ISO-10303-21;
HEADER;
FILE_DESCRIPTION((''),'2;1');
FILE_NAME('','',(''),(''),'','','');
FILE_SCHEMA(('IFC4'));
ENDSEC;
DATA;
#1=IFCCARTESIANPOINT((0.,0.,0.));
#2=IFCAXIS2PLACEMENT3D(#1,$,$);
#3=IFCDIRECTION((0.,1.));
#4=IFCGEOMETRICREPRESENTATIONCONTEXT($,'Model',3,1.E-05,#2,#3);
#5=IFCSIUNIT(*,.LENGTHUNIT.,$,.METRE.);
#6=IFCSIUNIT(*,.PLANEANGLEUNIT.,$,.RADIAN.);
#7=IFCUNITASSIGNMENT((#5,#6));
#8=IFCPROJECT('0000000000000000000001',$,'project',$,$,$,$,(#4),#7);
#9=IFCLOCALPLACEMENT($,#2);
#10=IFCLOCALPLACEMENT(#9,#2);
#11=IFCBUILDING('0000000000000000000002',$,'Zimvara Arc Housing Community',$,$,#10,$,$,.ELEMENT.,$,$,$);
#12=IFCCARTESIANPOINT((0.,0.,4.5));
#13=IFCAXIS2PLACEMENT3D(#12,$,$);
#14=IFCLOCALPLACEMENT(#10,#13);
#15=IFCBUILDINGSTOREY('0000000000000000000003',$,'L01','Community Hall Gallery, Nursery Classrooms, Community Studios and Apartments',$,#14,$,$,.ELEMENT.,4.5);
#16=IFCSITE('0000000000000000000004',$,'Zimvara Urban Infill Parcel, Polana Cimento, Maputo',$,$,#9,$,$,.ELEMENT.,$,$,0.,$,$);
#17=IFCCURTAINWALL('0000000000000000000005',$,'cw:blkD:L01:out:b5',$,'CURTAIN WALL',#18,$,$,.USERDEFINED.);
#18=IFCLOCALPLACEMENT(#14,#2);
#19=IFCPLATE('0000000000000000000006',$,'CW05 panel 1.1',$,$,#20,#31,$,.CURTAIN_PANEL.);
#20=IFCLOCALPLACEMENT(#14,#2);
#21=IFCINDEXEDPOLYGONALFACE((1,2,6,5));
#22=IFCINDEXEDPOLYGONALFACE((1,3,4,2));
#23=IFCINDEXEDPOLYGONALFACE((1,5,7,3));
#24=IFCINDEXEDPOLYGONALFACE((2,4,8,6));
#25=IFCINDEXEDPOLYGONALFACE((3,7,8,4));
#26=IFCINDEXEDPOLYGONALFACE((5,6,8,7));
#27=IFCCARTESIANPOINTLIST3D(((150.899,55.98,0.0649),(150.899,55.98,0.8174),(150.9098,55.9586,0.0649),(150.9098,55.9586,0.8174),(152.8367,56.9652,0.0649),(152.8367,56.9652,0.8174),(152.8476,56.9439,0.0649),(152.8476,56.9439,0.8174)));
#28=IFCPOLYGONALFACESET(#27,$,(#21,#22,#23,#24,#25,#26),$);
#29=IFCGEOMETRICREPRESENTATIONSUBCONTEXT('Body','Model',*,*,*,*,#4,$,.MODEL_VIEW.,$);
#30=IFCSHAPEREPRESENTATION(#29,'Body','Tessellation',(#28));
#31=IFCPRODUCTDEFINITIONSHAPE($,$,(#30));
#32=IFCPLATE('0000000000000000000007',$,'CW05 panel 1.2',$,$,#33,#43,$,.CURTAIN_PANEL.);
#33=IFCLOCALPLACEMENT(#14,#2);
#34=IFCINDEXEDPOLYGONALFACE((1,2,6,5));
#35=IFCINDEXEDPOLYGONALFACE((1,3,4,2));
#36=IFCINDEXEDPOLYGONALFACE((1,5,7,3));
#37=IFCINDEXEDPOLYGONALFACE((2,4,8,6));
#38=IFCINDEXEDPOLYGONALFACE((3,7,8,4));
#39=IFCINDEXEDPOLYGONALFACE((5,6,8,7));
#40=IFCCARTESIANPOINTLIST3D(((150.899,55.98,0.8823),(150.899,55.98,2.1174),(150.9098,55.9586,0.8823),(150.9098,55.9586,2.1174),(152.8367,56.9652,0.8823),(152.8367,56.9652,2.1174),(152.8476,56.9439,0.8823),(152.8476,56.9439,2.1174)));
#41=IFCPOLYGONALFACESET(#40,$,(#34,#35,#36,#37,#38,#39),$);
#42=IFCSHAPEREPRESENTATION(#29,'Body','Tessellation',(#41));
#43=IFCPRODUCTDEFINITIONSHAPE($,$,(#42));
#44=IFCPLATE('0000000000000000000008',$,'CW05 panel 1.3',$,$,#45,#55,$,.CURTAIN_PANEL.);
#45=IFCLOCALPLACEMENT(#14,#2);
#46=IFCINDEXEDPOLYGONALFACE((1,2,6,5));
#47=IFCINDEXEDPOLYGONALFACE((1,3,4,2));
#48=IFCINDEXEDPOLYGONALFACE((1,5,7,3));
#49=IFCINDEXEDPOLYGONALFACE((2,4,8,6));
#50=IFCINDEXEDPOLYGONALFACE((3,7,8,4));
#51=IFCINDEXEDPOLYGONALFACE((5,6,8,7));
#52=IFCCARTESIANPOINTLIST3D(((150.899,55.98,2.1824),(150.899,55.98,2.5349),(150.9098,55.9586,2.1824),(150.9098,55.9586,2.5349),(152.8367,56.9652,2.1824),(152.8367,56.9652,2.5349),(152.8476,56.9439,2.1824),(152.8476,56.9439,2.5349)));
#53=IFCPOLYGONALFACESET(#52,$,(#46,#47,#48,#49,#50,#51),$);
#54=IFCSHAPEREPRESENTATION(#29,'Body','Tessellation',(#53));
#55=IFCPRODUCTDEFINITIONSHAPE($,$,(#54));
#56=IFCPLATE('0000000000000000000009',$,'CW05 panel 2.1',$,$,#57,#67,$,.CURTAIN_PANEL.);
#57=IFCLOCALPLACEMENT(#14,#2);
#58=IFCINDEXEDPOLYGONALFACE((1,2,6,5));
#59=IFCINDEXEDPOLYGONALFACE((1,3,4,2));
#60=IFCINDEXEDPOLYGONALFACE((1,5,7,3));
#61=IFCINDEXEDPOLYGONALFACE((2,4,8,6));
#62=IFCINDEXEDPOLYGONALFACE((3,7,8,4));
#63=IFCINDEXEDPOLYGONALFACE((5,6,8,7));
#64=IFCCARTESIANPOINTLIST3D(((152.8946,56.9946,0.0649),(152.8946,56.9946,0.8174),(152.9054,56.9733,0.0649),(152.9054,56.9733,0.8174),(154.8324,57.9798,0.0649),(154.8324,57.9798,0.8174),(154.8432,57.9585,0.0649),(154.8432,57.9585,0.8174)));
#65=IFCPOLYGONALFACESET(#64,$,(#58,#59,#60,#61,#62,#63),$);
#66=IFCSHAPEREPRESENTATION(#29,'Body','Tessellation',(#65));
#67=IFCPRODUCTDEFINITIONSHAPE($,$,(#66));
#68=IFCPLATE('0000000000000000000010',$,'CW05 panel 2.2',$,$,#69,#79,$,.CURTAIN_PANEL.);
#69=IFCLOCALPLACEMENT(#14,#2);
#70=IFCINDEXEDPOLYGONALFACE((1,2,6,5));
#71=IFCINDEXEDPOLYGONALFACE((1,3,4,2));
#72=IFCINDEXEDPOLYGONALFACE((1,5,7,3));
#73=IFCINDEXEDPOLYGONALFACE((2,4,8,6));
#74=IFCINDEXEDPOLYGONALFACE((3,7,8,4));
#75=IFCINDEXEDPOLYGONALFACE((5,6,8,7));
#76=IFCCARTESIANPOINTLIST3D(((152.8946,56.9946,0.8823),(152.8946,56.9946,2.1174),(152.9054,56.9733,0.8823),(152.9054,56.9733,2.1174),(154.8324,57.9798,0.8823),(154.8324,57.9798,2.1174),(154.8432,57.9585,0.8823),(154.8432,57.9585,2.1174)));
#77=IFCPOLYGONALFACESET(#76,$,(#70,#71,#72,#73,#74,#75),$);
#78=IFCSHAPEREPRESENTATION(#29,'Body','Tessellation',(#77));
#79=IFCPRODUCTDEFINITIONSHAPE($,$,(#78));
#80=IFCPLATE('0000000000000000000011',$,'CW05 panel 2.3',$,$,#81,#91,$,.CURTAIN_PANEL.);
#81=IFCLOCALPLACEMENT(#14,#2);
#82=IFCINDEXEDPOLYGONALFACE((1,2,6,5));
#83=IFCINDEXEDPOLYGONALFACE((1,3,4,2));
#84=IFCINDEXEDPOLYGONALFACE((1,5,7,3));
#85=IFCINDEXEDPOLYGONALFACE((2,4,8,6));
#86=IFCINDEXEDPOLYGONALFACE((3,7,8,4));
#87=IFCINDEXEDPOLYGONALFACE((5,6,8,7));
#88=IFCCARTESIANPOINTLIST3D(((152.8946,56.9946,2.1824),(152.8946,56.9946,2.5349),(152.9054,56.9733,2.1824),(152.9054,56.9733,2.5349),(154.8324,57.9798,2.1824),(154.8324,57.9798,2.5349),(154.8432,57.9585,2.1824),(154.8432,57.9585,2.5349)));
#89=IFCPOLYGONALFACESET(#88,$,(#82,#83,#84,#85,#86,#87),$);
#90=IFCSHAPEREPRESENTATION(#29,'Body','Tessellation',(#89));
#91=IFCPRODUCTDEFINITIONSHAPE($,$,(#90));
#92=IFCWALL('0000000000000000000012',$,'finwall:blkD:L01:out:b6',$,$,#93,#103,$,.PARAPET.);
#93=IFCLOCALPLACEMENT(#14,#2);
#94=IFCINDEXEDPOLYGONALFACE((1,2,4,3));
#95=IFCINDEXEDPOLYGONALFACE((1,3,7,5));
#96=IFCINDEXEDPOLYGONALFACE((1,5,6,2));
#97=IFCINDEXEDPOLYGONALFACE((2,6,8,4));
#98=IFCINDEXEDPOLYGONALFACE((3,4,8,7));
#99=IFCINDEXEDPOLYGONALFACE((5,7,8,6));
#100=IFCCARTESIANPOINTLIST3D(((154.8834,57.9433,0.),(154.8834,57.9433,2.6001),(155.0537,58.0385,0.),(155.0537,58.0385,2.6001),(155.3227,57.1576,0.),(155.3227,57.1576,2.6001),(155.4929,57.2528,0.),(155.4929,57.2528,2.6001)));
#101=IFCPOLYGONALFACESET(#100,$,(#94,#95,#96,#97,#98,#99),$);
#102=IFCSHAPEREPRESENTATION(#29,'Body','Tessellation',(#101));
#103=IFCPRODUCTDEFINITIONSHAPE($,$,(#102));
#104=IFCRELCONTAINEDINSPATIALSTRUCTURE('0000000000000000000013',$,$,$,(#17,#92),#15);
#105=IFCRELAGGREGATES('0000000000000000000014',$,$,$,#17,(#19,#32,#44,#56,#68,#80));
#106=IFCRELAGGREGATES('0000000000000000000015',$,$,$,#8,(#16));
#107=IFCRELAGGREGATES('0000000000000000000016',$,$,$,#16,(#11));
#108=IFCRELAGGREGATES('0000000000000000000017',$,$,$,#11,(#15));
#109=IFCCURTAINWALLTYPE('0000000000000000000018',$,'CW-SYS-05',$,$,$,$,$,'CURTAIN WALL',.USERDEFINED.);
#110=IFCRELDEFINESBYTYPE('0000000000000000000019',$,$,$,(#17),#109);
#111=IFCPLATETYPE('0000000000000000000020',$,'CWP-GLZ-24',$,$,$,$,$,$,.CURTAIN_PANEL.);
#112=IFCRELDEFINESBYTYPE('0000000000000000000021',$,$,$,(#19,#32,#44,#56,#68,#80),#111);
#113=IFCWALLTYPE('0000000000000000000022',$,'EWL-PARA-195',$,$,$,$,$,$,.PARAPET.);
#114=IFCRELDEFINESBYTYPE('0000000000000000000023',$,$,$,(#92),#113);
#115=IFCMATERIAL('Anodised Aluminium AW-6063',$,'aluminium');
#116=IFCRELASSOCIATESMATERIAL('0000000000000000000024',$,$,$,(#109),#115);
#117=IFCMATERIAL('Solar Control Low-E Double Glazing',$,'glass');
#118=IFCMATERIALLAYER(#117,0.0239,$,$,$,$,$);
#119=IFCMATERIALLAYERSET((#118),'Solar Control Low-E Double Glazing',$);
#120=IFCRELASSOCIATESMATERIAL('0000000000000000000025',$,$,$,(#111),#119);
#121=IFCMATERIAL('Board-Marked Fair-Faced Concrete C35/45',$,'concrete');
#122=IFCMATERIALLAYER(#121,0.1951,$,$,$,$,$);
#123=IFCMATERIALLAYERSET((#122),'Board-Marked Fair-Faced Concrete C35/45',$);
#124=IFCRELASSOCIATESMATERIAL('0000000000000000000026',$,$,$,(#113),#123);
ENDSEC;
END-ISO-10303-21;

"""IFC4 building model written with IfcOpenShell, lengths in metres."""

from ifc_helpers import new_model, si_unit, direction, frame, frame_2d, origin, origin_2d, place, context, subcontext, project, spatial, rectangle, extrude, material, layer, layer_set, type_object, element, aggregate, save


model = new_model("IFC4")

# Units and contexts
model_context = context("Model", 3, precision=1e-05, world=origin(), true_north=direction((0.0, 1.0)))
body_context = subcontext(model_context, "Body", "Model", "MODEL_VIEW")
ifc_project = project(units=[si_unit("LENGTHUNIT", "METRE"), si_unit("PLANEANGLEUNIT", "RADIAN")], contexts=[model_context])

# Site, building, storey
site_placement = place(None, origin())
site = spatial("IfcSite", under=ifc_project, at=site_placement, Name="Zimvara Urban Infill Parcel, Polana Cimento, Maputo", CompositionType="ELEMENT", RefElevation=0.0)
building_placement = place(site_placement, origin())
building = spatial("IfcBuilding", under=site, at=building_placement, Name="Zimvara Arc Housing Community", CompositionType="ELEMENT")
storey_placement = place(building_placement, frame((0.0, 0.0, 4.5)))
storey = spatial("IfcBuildingStorey", under=building, at=storey_placement, Name="L01", Description="Community Hall Gallery, Nursery Classrooms, Community Studios and Apartments", CompositionType="ELEMENT", Elevation=4.5)

# Curtain wall
ifc_material_1 = material(Name="Anodised Aluminium AW-6063", Category="aluminium")
curtain_wall_type_1 = type_object("IfcCurtainWallType", Name="CW-SYS-05", ElementType="CURTAIN WALL", PredefinedType="USERDEFINED", material=ifc_material_1)
curtain_wall_1_placement = place(storey_placement, origin())
curtain_wall_1 = element("IfcCurtainWall", 1, at=curtain_wall_1_placement, inside=storey, type_object=curtain_wall_type_1, Name="cw:blkD:L01:out:b5", ObjectType="CURTAIN WALL", PredefinedType="USERDEFINED")

# Plates
ifc_material_2 = material(Name="Solar Control Low-E Double Glazing", Category="glass")
ifc_layer_1 = layer(ifc_material_2, 0.0239)
ifc_layer_set_1 = layer_set([ifc_layer_1], Name="Solar Control Low-E Double Glazing")
plate_type = type_object("IfcPlateType", Name="CWP-GLZ-24", PredefinedType="CURTAIN_PANEL", material=ifc_layer_set_1)
plate_1_placement = place(storey_placement, frame((151.8733, 56.4619, 0.0649), z_axis=(0.0, 0.0, 1.0), x_axis=(0.891403, 0.453212, 0.0)))
plate_1 = element("IfcPlate", 2, at=plate_1_placement, type_object=plate_type, Name="CW05 panel 1.1", PredefinedType="CURTAIN_PANEL", context=body_context, shape_type="SweptSolid", body=[
    extrude(rectangle(XDim=2.1738, YDim=0.0239, at=origin_2d()), origin(), (0.0, 0.0, 1.0), 0.7524),
])
plate_2_placement = place(storey_placement, frame((151.8733, 56.4619, 0.8823), z_axis=(0.0, 0.0, 1.0), x_axis=(0.891403, 0.453212, 0.0)))
plate_2 = element("IfcPlate", 3, at=plate_2_placement, type_object=plate_type, Name="CW05 panel 1.2", PredefinedType="CURTAIN_PANEL", context=body_context, shape_type="SweptSolid", body=[
    extrude(rectangle(XDim=2.1738, YDim=0.0239, at=origin_2d()), origin(), (0.0, 0.0, 1.0), 1.2351),
])
plate_3_placement = place(storey_placement, frame((151.8733, 56.4619, 2.1824), z_axis=(0.0, 0.0, 1.0), x_axis=(0.891403, 0.453212, 0.0)))
plate_3 = element("IfcPlate", 4, at=plate_3_placement, type_object=plate_type, Name="CW05 panel 1.3", PredefinedType="CURTAIN_PANEL", context=body_context, shape_type="SweptSolid", body=[
    extrude(rectangle(XDim=2.1738, YDim=0.0239, at=origin_2d()), origin(), (0.0, 0.0, 1.0), 0.3525),
])
plate_4_placement = place(storey_placement, frame((153.8689, 57.4766, 0.0649), z_axis=(0.0, 0.0, 1.0), x_axis=(0.891403, 0.453212, 0.0)))
plate_4 = element("IfcPlate", 5, at=plate_4_placement, type_object=plate_type, Name="CW05 panel 2.1", PredefinedType="CURTAIN_PANEL", context=body_context, shape_type="SweptSolid", body=[
    extrude(rectangle(XDim=2.1738, YDim=0.0239, at=origin_2d()), origin(), (0.0, 0.0, 1.0), 0.7524),
])
plate_5_placement = place(storey_placement, frame((153.8689, 57.4766, 0.8823), z_axis=(0.0, 0.0, 1.0), x_axis=(0.891403, 0.453212, 0.0)))
plate_5 = element("IfcPlate", 6, at=plate_5_placement, type_object=plate_type, Name="CW05 panel 2.2", PredefinedType="CURTAIN_PANEL", context=body_context, shape_type="SweptSolid", body=[
    extrude(rectangle(XDim=2.1738, YDim=0.0239, at=origin_2d()), origin(), (0.0, 0.0, 1.0), 1.2351),
])
plate_6_placement = place(storey_placement, frame((153.8689, 57.4766, 2.1824), z_axis=(0.0, 0.0, 1.0), x_axis=(0.891403, 0.453212, 0.0)))
plate_6 = element("IfcPlate", 7, at=plate_6_placement, type_object=plate_type, Name="CW05 panel 2.3", PredefinedType="CURTAIN_PANEL", context=body_context, shape_type="SweptSolid", body=[
    extrude(rectangle(XDim=2.1738, YDim=0.0239, at=origin_2d()), origin(), (0.0, 0.0, 1.0), 0.3525),
])
aggregate(curtain_wall_1, [plate_1, plate_2, plate_3, plate_4, plate_5, plate_6])

# Wall
ifc_material_3 = material(Name="Board-Marked Fair-Faced Concrete C35/45", Category="concrete")
ifc_layer_2 = layer(ifc_material_3, 0.1951)
ifc_layer_set_2 = layer_set([ifc_layer_2], Name="Board-Marked Fair-Faced Concrete C35/45")
wall_type = type_object("IfcWallType", Name="EWL-PARA-195", PredefinedType="PARAPET", material=ifc_layer_set_2)
wall_placement = place(storey_placement, frame((154.9685, 57.991, 0.0), z_axis=(0.0, 0.0, 1.0), x_axis=(0.487967, -0.872862, 0.0)))
element("IfcWall", 8, at=wall_placement, inside=storey, type_object=wall_type, Name="finwall:blkD:L01:out:b6", PredefinedType="PARAPET", context=body_context, shape_type="SweptSolid", body=[
    extrude(rectangle(XDim=0.9001, YDim=0.1951, at=frame_2d((0.4502, 0.0))), origin(), (0.0, 0.0, 1.0), 2.6001),
])

save(model, "model.ifc")
